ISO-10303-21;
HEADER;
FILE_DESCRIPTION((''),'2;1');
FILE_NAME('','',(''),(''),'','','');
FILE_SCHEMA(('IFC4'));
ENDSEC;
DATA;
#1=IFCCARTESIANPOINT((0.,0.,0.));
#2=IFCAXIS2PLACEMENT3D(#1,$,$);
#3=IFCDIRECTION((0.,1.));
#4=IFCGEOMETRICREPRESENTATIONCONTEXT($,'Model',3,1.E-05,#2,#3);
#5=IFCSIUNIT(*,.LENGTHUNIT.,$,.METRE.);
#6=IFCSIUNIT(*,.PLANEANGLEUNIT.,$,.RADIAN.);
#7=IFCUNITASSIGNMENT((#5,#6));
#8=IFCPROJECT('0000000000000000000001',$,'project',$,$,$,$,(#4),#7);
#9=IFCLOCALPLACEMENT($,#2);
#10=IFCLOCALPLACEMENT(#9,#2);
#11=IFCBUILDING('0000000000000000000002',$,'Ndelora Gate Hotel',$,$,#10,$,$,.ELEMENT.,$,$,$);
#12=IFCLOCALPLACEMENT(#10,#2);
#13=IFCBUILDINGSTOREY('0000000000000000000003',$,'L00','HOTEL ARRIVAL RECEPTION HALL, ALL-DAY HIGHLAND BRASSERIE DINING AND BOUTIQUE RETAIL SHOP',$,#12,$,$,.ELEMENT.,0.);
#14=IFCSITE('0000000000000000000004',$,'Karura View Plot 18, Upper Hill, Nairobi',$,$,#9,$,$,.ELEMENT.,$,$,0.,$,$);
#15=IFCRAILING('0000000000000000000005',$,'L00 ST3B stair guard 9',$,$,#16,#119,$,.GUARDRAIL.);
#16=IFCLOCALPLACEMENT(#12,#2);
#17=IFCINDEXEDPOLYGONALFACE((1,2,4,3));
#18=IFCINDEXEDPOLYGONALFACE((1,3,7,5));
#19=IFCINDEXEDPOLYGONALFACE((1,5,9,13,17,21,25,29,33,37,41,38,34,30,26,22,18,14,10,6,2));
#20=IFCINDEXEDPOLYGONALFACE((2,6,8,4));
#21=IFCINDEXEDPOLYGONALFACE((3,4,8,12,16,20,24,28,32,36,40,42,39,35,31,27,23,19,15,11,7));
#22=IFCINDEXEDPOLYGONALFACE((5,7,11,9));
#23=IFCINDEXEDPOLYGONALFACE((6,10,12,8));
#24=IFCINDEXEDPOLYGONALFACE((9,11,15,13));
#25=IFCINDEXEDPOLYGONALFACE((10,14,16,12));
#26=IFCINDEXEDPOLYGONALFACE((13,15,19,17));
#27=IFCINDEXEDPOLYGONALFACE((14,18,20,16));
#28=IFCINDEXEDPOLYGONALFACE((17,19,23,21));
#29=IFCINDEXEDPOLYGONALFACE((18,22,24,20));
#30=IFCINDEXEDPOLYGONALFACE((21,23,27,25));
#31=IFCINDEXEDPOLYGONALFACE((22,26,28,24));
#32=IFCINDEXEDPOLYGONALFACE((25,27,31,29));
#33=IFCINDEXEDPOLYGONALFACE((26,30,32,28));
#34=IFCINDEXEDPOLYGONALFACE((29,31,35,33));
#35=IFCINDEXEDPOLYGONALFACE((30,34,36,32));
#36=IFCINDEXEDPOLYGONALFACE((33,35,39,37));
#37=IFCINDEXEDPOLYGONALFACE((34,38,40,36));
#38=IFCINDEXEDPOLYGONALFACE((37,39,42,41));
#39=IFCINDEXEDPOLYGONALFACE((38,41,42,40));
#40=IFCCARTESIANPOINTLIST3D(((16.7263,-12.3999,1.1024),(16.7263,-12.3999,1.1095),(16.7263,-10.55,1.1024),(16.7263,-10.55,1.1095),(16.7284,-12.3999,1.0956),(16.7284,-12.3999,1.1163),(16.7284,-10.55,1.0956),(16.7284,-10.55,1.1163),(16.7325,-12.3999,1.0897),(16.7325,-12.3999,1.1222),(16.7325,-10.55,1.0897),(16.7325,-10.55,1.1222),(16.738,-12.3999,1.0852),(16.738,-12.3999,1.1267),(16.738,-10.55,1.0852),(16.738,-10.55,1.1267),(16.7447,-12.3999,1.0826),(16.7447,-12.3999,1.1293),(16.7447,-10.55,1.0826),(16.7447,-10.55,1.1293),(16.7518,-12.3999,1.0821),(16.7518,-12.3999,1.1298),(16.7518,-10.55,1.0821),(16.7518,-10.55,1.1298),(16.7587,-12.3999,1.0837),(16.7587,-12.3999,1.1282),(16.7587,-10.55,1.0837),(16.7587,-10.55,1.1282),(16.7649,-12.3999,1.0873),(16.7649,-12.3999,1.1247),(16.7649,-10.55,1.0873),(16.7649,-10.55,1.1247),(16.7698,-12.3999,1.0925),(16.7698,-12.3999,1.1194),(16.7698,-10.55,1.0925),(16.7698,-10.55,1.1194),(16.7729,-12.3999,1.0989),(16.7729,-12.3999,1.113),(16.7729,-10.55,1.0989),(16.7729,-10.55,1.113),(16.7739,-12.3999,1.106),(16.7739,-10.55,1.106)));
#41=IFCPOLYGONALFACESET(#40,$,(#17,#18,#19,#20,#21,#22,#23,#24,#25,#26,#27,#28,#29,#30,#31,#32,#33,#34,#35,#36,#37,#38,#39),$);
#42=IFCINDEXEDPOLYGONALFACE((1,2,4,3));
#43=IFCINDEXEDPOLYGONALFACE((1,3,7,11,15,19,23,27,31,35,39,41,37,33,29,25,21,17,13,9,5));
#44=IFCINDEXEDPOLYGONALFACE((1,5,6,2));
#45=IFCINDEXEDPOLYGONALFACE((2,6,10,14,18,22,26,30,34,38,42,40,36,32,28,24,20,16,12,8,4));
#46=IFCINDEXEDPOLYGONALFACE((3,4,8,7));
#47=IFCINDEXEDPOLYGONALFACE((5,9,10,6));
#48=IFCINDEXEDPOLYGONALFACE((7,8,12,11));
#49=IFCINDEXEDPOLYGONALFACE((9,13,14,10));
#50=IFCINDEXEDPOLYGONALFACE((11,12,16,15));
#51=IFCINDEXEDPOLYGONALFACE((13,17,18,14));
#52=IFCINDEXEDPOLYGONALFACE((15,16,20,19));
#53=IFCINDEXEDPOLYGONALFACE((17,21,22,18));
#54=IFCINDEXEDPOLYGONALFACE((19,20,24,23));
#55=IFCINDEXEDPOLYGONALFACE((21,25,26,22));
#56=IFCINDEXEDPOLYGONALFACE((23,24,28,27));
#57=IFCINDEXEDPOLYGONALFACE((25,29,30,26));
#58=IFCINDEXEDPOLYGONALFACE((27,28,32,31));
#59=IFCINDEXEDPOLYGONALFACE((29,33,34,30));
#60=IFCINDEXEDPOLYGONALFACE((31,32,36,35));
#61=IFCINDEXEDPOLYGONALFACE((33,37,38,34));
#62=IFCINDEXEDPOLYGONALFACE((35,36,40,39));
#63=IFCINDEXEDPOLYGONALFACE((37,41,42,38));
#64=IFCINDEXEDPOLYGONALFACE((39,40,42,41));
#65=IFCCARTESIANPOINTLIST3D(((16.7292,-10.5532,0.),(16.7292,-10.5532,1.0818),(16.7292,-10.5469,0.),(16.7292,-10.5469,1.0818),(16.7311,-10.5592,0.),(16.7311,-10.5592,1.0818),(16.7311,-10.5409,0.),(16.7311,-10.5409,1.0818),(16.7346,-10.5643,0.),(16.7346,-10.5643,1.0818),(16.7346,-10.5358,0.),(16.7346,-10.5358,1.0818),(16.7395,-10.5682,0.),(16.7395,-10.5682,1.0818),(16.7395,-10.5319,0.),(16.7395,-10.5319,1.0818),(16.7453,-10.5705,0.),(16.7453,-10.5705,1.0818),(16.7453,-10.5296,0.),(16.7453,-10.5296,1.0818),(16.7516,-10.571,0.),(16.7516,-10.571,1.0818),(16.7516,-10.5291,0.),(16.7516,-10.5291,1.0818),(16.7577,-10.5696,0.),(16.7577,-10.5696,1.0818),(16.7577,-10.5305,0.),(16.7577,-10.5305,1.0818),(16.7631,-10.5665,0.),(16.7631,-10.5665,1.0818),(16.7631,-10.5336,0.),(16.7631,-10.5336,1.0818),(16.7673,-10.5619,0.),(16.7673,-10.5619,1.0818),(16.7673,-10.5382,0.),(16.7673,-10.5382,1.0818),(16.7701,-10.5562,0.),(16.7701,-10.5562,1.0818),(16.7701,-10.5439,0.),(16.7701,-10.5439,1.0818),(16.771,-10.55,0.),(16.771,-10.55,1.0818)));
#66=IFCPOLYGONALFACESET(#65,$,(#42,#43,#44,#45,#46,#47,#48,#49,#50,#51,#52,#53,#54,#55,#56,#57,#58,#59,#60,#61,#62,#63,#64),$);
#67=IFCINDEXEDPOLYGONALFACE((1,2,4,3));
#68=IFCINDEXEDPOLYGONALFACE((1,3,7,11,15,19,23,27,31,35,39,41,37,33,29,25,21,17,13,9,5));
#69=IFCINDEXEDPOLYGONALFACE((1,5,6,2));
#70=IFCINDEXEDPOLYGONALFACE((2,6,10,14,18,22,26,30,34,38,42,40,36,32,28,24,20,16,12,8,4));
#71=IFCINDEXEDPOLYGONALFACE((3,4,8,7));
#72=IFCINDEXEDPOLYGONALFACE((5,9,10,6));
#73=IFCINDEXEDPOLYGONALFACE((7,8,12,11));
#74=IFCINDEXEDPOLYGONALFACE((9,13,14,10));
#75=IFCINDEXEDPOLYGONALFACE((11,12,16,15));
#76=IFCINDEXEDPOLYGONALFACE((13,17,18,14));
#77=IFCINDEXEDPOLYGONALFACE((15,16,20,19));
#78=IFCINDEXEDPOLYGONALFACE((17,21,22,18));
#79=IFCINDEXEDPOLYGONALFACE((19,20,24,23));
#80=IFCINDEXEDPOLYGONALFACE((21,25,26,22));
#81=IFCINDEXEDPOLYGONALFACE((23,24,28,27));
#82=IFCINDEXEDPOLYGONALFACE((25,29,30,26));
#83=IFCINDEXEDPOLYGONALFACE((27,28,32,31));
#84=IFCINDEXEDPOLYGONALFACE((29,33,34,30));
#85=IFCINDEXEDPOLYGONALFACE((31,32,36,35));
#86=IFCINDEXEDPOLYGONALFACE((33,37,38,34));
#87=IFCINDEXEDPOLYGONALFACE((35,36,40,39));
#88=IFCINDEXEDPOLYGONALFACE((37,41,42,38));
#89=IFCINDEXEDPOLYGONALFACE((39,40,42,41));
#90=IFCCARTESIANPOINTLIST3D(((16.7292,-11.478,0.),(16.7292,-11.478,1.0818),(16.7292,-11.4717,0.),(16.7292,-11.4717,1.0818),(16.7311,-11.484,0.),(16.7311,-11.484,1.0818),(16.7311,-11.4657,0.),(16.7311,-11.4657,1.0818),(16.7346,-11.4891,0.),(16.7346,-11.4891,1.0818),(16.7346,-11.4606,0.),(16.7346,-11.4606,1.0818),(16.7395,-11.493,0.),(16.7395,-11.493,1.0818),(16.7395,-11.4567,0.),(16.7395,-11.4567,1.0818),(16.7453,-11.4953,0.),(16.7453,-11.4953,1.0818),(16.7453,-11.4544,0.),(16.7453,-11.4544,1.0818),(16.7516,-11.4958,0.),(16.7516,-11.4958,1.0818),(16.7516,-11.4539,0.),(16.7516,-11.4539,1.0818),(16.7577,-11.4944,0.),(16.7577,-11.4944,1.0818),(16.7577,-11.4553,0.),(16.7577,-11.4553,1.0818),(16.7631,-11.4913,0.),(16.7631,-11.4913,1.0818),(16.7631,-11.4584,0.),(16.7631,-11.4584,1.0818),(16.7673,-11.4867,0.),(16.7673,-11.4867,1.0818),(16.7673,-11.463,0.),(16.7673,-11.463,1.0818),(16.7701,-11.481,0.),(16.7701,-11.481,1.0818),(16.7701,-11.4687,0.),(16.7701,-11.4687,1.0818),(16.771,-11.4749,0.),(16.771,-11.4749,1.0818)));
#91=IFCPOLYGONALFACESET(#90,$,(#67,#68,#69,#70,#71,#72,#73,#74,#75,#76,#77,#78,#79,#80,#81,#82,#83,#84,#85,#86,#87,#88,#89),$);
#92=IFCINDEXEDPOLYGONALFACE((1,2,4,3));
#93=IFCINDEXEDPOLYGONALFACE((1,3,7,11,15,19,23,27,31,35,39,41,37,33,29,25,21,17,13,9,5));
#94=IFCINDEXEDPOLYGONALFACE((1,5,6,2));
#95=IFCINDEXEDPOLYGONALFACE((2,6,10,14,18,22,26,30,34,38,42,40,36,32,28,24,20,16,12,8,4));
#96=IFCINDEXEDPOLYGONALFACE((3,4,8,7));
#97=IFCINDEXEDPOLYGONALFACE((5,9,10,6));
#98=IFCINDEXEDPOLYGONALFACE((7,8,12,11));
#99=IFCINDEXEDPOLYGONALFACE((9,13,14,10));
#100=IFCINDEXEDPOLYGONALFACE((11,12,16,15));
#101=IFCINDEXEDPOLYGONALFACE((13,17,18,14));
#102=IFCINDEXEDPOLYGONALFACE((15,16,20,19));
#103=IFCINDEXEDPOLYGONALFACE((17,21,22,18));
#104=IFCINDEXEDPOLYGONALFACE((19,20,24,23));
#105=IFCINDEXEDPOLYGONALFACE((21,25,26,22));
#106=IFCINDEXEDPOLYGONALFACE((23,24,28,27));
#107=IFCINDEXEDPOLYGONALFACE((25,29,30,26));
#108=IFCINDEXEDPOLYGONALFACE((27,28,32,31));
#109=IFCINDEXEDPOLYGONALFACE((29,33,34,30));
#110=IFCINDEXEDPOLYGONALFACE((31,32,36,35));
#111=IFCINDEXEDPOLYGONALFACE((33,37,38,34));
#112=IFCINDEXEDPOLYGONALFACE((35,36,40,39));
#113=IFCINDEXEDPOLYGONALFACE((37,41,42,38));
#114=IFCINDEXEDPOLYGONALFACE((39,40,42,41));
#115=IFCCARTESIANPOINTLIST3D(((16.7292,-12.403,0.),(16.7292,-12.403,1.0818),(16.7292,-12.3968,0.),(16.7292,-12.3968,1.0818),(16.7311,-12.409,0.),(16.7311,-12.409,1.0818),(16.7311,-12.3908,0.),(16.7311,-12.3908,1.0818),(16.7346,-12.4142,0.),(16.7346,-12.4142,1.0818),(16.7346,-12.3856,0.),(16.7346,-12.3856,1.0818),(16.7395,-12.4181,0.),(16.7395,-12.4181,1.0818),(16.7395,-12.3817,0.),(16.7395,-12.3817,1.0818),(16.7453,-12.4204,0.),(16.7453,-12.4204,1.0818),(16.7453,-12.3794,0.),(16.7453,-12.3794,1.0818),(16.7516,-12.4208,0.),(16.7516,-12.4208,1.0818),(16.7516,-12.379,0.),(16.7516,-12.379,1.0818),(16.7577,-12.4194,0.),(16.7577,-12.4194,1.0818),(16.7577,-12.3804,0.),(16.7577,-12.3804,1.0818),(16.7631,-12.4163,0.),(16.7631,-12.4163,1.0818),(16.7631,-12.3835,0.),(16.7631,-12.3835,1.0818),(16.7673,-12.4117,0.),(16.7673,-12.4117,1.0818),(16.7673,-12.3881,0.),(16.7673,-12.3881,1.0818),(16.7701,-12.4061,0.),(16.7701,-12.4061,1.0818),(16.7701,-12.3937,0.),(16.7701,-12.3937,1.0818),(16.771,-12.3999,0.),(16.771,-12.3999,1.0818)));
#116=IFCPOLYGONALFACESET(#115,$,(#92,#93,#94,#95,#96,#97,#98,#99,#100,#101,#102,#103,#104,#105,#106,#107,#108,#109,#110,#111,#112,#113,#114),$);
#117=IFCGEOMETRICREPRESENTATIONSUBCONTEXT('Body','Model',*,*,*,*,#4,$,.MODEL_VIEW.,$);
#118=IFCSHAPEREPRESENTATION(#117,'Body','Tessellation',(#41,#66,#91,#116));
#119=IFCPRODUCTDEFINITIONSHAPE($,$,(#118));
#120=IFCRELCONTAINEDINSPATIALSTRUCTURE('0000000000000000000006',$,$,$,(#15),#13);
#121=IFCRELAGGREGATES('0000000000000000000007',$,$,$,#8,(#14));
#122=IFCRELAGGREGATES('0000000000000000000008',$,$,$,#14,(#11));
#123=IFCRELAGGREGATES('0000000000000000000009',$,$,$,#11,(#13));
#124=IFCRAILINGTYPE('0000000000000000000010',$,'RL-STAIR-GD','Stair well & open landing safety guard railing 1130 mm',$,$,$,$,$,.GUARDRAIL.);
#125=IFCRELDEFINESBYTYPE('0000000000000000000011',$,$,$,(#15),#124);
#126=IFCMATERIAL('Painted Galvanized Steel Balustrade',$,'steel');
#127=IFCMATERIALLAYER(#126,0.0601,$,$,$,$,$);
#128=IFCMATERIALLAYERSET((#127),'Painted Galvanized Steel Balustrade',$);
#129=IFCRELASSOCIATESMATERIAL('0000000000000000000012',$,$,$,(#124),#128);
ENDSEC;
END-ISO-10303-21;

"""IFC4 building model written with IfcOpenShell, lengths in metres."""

from ifc_helpers import new_model, si_unit, direction, frame, origin, origin_2d, place, context, subcontext, project, spatial, circle, extrude, material, layer, layer_set, type_object, element, save


model = new_model("IFC4")

# Units and contexts
model_context = context("Model", 3, precision=1e-05, world=origin(), true_north=direction((0.0, 1.0)))
body_context = subcontext(model_context, "Body", "Model", "MODEL_VIEW")
ifc_project = project(units=[si_unit("LENGTHUNIT", "METRE"), si_unit("PLANEANGLEUNIT", "RADIAN")], contexts=[model_context])

# Site, building, storey
site_placement = place(None, origin())
site = spatial("IfcSite", under=ifc_project, at=site_placement, Name="Karura View Plot 18, Upper Hill, Nairobi", CompositionType="ELEMENT", RefElevation=0.0)
building_placement = place(site_placement, origin())
building = spatial("IfcBuilding", under=site, at=building_placement, Name="Ndelora Gate Hotel", CompositionType="ELEMENT")
storey_placement = place(building_placement, origin())
storey = spatial("IfcBuildingStorey", under=building, at=storey_placement, Name="L00", Description="HOTEL ARRIVAL RECEPTION HALL, ALL-DAY HIGHLAND BRASSERIE DINING AND BOUTIQUE RETAIL SHOP", CompositionType="ELEMENT", Elevation=0.0)

# Railing
ifc_material_1 = material(Name="Painted Galvanized Steel Balustrade", Category="steel")
ifc_layer_1 = layer(ifc_material_1, 0.0601)
ifc_layer_set_1 = layer_set([ifc_layer_1], Name="Painted Galvanized Steel Balustrade")
railing_type_1 = type_object("IfcRailingType", Name="RL-STAIR-GD", Description="Stair well & open landing safety guard railing 1130 mm", PredefinedType="GUARDRAIL", material=ifc_layer_set_1)
for number, where, name in (
    (1, (16.75, -10.55, 0.0), "L00 ST3B stair guard 9"),
):
    element("IfcRailing", number, at=place(storey_placement, frame(where)), inside=storey, type_object=railing_type_1, Name=name, PredefinedType="GUARDRAIL", context=body_context, shape_type="SweptSolid", body=[
        extrude(circle(Radius=0.0239, at=origin_2d()), frame((0.0, 0.0, 1.106), z_axis=(0.0, -1.0, 0.0), x_axis=(1.0, 0.0, 0.0)), (0.0, 0.0, 1.0), 1.8499),
        extrude(circle(Radius=0.021, at=origin_2d()), origin(), (0.0, 0.0, 1.0), 1.0818),
        extrude(circle(Radius=0.021, at=origin_2d()), frame((0.0, -0.9248, 0.0)), (0.0, 0.0, 1.0), 1.0818),
        extrude(circle(Radius=0.021, at=origin_2d()), frame((0.0, -1.8499, 0.0)), (0.0, 0.0, 1.0), 1.0818),
    ])

save(model, "model.ifc")
